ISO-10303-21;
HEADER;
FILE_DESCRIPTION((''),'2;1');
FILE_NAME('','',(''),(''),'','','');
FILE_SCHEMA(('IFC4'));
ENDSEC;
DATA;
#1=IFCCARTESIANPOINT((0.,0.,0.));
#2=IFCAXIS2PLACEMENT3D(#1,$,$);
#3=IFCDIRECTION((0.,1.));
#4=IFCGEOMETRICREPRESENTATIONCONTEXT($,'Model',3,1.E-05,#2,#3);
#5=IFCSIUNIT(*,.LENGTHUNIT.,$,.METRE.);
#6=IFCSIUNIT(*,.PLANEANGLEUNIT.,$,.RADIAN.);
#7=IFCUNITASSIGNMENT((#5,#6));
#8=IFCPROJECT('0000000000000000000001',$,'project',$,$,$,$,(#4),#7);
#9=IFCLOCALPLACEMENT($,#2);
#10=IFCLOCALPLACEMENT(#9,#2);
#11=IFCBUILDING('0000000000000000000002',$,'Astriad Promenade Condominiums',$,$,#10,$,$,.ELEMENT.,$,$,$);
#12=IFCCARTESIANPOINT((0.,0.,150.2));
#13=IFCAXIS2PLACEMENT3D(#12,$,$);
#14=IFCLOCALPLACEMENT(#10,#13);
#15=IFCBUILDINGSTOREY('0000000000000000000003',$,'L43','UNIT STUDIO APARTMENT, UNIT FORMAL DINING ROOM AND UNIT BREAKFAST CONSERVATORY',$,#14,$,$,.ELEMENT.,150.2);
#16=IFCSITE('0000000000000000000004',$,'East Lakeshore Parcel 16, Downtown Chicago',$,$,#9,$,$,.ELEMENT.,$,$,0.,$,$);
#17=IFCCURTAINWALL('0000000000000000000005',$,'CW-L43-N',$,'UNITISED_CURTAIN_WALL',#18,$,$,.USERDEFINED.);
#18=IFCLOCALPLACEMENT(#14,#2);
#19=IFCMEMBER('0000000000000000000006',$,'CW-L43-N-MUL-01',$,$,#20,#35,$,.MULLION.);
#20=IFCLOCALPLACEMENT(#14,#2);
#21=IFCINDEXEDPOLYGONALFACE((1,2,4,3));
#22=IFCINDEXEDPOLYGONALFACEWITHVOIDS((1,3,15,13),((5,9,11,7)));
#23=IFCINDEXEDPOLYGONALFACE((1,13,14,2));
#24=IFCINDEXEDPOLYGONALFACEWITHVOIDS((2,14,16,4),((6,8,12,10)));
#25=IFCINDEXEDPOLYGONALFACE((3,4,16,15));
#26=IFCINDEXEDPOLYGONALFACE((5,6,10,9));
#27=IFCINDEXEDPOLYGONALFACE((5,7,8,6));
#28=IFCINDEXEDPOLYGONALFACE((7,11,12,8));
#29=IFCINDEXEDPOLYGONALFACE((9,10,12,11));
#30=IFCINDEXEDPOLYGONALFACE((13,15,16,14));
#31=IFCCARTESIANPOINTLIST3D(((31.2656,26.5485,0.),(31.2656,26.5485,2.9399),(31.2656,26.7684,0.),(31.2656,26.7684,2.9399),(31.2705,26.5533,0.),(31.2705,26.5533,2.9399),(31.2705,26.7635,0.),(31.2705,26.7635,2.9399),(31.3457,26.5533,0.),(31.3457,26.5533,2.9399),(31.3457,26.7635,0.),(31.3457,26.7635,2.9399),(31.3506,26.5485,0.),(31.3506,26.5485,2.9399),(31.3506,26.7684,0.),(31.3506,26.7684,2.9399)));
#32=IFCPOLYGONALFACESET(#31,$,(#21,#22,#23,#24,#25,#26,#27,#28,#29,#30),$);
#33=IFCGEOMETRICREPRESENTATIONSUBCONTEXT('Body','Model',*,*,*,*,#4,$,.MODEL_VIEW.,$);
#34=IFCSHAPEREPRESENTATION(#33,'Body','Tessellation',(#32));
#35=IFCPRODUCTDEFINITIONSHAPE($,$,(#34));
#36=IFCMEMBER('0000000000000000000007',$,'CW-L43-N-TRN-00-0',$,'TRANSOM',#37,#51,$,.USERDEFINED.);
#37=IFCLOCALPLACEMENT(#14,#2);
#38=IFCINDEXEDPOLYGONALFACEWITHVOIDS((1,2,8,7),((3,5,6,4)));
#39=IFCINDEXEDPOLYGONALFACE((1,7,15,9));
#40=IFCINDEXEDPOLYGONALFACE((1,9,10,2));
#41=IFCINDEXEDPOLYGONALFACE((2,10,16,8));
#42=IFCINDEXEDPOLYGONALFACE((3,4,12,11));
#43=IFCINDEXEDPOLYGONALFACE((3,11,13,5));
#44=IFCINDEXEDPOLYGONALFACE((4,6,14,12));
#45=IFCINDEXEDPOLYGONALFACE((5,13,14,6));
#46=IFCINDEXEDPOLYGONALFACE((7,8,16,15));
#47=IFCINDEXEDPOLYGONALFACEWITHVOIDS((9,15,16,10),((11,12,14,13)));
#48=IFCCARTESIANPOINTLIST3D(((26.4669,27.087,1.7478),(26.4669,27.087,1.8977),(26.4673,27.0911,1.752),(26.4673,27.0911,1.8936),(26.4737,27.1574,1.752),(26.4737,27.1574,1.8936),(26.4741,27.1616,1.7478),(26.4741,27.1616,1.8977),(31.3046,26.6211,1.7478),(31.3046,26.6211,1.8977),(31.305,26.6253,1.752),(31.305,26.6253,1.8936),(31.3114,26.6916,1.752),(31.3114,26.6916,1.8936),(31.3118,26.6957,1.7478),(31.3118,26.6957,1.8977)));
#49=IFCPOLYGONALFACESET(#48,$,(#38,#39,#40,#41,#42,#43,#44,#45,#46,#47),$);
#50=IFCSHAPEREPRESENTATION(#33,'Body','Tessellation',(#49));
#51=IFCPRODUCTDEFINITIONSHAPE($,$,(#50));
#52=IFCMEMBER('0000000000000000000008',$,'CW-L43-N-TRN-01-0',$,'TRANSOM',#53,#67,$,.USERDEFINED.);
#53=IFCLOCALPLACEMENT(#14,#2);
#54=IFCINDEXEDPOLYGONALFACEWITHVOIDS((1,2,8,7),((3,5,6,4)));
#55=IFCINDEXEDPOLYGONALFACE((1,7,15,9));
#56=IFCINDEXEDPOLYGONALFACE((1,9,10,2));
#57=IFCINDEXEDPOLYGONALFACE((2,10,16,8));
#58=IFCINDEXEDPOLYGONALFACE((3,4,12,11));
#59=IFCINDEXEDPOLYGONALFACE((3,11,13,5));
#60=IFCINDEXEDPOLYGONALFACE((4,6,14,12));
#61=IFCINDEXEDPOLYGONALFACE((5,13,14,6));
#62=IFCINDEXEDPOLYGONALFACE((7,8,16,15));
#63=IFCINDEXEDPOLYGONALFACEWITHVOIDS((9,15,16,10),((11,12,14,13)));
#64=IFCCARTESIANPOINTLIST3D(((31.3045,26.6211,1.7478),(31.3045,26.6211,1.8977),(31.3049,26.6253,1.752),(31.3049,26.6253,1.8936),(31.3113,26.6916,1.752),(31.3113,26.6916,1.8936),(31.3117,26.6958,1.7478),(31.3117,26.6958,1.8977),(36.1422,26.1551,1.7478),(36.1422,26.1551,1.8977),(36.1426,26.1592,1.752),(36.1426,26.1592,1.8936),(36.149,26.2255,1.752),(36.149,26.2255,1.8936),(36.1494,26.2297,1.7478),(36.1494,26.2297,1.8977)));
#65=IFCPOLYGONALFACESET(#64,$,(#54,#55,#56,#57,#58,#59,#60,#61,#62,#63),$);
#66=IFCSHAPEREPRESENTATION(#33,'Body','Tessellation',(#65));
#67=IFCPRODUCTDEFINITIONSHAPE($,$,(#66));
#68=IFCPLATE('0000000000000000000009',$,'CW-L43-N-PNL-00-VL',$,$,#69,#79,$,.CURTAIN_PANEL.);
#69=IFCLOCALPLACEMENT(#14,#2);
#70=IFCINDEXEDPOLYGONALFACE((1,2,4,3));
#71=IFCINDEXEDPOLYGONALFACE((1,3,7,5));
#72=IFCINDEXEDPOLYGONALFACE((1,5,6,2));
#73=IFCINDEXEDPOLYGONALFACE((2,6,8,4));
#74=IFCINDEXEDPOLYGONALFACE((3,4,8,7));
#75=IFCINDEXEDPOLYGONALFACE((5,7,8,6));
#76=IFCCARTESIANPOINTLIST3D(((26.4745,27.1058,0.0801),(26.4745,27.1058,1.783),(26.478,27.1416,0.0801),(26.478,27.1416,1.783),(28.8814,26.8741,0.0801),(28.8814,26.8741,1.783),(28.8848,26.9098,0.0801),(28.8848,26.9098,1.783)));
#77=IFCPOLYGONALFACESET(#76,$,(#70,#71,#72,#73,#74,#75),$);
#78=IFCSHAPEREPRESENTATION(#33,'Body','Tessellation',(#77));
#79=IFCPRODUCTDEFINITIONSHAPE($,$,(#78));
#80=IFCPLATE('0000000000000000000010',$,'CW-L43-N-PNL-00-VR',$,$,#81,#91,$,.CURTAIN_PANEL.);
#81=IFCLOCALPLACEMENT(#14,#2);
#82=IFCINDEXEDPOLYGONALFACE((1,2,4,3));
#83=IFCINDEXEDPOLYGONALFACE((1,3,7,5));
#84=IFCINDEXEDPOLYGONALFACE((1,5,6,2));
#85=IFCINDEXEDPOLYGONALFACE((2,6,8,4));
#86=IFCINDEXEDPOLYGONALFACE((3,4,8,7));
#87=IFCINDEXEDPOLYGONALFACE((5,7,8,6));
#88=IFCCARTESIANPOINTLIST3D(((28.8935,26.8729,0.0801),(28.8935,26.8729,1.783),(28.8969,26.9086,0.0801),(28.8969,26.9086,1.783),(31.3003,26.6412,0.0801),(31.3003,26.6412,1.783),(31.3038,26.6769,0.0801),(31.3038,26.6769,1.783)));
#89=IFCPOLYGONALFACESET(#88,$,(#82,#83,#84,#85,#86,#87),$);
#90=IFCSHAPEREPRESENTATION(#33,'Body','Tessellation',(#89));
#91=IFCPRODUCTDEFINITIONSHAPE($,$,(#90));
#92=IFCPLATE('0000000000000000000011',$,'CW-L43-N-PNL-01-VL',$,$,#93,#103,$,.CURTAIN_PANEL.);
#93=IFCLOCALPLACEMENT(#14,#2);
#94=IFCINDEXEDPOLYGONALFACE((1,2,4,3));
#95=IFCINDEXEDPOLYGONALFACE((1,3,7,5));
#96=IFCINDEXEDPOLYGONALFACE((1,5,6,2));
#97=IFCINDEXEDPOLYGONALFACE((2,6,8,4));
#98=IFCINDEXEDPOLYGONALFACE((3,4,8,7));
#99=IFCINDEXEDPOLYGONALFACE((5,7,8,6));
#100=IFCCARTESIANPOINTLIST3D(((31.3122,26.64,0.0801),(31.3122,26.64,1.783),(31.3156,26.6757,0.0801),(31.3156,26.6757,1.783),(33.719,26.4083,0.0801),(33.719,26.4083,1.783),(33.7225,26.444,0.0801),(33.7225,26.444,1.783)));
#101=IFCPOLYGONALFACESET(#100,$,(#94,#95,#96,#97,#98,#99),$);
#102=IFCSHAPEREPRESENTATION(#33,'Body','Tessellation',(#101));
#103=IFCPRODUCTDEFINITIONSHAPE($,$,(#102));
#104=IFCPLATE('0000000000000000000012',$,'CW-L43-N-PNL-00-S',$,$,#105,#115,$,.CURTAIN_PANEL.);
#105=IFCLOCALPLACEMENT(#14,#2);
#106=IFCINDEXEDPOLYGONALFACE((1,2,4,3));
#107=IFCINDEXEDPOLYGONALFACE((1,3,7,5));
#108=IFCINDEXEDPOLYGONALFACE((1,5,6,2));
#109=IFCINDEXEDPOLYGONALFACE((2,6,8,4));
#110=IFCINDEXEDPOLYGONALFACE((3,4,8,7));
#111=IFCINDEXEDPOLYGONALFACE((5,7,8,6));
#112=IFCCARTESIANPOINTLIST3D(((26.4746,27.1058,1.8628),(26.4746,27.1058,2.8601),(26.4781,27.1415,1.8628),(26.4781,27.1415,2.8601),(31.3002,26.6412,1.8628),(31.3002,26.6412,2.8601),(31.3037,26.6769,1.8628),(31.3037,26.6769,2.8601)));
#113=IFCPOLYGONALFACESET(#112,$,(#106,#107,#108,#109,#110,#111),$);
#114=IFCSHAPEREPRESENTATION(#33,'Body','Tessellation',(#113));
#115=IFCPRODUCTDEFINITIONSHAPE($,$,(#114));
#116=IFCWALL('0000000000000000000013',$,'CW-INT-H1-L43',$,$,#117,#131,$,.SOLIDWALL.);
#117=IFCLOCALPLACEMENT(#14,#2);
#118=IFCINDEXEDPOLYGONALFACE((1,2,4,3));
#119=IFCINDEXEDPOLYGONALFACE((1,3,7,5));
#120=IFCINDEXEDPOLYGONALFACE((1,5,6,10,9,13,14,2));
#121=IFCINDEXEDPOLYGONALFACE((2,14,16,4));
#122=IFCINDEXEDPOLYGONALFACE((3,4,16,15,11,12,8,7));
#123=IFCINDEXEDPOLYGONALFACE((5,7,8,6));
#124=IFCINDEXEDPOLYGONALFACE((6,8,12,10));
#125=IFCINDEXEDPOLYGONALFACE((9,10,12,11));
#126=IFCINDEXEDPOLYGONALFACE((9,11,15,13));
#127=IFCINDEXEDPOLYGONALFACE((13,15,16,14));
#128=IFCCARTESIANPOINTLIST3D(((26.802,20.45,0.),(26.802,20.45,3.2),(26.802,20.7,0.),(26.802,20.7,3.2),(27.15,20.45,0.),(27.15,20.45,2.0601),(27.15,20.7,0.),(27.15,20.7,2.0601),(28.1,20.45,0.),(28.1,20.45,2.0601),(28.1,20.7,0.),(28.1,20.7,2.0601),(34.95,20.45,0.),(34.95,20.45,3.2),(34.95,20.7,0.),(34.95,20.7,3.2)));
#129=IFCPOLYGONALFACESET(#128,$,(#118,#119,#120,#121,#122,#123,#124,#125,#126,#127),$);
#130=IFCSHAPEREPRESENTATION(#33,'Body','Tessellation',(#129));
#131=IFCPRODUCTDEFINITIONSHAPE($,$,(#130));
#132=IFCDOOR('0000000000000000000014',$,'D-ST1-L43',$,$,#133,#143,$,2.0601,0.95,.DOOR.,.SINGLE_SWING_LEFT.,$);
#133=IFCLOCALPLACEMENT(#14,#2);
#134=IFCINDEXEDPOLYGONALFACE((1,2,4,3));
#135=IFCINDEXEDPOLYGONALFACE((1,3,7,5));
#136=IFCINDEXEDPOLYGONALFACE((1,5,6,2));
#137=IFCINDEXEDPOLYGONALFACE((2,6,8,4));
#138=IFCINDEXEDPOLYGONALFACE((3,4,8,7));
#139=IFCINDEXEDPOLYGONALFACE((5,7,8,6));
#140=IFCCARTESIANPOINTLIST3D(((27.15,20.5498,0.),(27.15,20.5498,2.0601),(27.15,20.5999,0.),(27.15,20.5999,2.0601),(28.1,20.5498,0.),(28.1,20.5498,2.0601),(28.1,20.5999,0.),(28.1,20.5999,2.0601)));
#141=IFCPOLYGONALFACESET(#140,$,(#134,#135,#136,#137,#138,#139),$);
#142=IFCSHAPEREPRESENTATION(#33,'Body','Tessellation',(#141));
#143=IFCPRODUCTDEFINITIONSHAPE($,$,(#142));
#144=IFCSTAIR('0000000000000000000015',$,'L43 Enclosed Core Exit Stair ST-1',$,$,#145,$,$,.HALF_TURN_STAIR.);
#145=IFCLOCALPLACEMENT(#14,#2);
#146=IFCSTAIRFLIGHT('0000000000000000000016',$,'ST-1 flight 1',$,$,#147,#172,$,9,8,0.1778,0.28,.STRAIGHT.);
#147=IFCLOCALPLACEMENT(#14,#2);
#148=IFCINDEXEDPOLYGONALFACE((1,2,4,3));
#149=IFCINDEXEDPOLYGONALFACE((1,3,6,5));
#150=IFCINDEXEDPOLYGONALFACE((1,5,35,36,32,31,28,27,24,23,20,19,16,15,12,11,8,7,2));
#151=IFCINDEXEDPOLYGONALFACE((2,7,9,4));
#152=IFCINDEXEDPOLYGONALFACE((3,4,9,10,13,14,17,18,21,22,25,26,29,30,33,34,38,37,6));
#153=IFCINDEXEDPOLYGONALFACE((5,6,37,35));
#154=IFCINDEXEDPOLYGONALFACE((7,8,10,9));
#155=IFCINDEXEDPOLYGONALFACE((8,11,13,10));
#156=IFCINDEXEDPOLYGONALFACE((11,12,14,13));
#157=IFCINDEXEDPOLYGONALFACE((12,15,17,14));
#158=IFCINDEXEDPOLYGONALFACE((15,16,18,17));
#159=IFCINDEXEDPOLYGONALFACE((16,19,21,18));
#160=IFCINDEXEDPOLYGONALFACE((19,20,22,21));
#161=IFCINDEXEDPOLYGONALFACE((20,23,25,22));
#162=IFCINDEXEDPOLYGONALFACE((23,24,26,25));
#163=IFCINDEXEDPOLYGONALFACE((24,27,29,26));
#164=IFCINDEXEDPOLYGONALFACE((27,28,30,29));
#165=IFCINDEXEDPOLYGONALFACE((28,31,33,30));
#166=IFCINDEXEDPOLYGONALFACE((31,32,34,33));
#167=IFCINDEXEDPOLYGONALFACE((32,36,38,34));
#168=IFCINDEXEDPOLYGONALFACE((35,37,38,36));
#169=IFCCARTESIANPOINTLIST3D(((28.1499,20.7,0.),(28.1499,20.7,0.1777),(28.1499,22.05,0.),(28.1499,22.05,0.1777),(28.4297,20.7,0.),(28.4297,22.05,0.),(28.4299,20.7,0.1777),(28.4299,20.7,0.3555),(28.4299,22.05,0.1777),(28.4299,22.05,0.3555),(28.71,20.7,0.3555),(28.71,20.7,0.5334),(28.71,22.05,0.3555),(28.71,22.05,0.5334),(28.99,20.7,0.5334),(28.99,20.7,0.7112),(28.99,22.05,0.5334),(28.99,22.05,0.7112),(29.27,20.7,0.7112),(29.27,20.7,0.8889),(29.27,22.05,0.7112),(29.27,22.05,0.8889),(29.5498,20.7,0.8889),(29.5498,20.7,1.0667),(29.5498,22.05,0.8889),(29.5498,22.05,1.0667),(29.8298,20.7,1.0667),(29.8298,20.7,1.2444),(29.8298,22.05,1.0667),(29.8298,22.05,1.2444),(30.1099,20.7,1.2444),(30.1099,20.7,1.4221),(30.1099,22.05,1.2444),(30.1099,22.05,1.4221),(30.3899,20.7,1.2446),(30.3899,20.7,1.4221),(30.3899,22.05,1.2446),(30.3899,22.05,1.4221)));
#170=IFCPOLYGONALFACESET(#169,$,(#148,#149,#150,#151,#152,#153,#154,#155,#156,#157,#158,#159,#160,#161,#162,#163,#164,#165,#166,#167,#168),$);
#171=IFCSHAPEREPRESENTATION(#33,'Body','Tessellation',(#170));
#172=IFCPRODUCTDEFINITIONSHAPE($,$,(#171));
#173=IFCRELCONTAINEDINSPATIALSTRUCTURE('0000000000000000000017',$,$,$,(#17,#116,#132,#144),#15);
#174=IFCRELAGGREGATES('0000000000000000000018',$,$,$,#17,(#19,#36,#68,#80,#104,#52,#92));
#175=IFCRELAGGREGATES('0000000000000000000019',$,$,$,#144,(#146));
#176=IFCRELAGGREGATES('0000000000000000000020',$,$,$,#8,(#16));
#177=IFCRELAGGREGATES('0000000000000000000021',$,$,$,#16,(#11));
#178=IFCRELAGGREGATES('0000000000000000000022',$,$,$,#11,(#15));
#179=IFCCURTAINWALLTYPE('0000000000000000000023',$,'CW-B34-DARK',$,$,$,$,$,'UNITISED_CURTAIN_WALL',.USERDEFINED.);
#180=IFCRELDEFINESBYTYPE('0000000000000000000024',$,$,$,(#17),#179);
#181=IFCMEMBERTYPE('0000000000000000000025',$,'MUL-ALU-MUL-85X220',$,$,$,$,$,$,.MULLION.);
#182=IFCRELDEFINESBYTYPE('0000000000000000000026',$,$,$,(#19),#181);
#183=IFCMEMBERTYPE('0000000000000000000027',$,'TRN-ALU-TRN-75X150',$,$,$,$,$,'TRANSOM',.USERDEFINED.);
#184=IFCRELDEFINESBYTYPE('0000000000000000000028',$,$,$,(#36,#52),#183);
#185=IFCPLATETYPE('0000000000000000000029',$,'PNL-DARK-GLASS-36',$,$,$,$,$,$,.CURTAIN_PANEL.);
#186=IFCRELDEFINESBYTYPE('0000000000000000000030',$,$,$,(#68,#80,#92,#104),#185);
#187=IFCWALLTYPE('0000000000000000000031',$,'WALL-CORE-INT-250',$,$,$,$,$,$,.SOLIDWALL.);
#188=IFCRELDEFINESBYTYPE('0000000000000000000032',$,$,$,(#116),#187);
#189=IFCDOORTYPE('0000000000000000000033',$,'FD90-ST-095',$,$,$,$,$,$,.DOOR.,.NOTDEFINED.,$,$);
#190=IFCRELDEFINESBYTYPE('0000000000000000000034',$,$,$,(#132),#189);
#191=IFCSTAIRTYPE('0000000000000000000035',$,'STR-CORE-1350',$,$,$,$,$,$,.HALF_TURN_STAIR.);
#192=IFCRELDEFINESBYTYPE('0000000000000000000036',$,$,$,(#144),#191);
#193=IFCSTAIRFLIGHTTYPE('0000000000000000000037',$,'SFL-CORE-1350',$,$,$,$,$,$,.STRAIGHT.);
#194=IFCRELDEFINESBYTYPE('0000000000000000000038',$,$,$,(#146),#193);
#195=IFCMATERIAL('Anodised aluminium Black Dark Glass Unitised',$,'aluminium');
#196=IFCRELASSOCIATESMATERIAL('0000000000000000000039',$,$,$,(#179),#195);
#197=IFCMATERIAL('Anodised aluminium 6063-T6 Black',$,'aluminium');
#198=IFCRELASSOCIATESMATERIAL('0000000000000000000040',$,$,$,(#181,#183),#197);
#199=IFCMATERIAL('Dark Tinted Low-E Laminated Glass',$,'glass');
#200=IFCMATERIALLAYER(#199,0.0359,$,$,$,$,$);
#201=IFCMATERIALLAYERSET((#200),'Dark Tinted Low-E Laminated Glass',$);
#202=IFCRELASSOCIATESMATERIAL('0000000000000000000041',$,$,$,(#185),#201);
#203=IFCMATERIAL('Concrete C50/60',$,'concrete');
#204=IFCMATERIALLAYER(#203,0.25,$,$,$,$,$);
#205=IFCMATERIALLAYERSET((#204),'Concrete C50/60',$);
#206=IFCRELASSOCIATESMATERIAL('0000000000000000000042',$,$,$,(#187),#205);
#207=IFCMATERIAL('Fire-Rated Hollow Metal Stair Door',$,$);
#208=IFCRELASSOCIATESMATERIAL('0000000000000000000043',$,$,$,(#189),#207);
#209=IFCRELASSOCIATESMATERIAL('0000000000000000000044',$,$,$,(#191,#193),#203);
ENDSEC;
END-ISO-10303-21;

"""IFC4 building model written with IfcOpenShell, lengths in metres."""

from ifc_helpers import new_model, si_unit, direction, frame, frame_2d, origin, origin_2d, place, context, subcontext, project, spatial, polyline, rectangle, hollow_rectangle, outline, extrude, source, transform, mapped, material, layer, layer_set, material_profile, profile_set, type_object, type_shapes, element, fill, aggregate, save


model = new_model("IFC4")

# Units and contexts
model_context = context("Model", 3, precision=1e-05, world=origin(), true_north=direction((0.0, 1.0)))
body_context = subcontext(model_context, "Body", "Model", "MODEL_VIEW")
ifc_project = project(units=[si_unit("LENGTHUNIT", "METRE"), si_unit("PLANEANGLEUNIT", "RADIAN")], contexts=[model_context])

# Site, building, storey
site_placement = place(None, origin())
site = spatial("IfcSite", under=ifc_project, at=site_placement, Name="East Lakeshore Parcel 16, Downtown Chicago", CompositionType="ELEMENT", RefElevation=0.0)
building_placement = place(site_placement, origin())
building = spatial("IfcBuilding", under=site, at=building_placement, Name="Astriad Promenade Condominiums", CompositionType="ELEMENT")
storey_placement = place(building_placement, frame((0.0, 0.0, 150.2)))
storey = spatial("IfcBuildingStorey", under=building, at=storey_placement, Name="L43", Description="UNIT STUDIO APARTMENT, UNIT FORMAL DINING ROOM AND UNIT BREAKFAST CONSERVATORY", CompositionType="ELEMENT", Elevation=150.2)

# Curtain wall, members, plates
ifc_material_1 = material(Name="Anodised aluminium Black Dark Glass Unitised", Category="aluminium")
curtain_wall_type = type_object("IfcCurtainWallType", Name="CW-B34-DARK", ElementType="UNITISED_CURTAIN_WALL", PredefinedType="USERDEFINED", material=ifc_material_1)
curtain_wall_placement = place(storey_placement, origin())
curtain_wall = element("IfcCurtainWall", 1, at=curtain_wall_placement, inside=storey, type_object=curtain_wall_type, Name="CW-L43-N", ObjectType="UNITISED_CURTAIN_WALL", PredefinedType="USERDEFINED")
ifc_material_2 = material(Name="Anodised aluminium 6063-T6 Black", Category="aluminium")
ifc_material_profile_1 = material_profile(ifc_material_2, hollow_rectangle(XDim=0.085, YDim=0.22, WallThickness=0.0049, at=origin_2d()), Name="ALU-MUL-85X220")
ifc_profile_set_1 = profile_set([ifc_material_profile_1], Name="Anodised aluminium 6063-T6 Black")
member_type_1 = type_object("IfcMemberType", Name="MUL-ALU-MUL-85X220", PredefinedType="MULLION", material=ifc_profile_set_1)
shared_shape_1 = source(origin(), body_context, "Body", "SweptSolid", [
    extrude(hollow_rectangle(XDim=0.085, YDim=0.22, WallThickness=0.0049, at=origin_2d()), origin(), (0.0, 0.0, 1.0), 2.9399),
])
type_shapes(member_type_1, [shared_shape_1])
member_1_placement = place(storey_placement, frame((31.3081, 26.6584, 0.0), z_axis=(0.0, 0.0, 1.0), x_axis=(1.0, 0.0, 0.0)))
member_1 = element("IfcMember", 2, at=member_1_placement, type_object=member_type_1, Name="CW-L43-N-MUL-01", PredefinedType="MULLION", context=body_context, shape_type="MappedRepresentation", body=[
    mapped(shared_shape_1, transform((0.0, 0.0, 0.0), scale=1.0)),
])
ifc_material_profile_2 = material_profile(ifc_material_2, hollow_rectangle(XDim=0.075, YDim=0.1499, WallThickness=0.0042, at=origin_2d()), Name="ALU-TRN-75X150")
ifc_profile_set_2 = profile_set([ifc_material_profile_2], Name="Anodised aluminium 6063-T6 Black")
member_type_2 = type_object("IfcMemberType", Name="TRN-ALU-TRN-75X150", ElementType="TRANSOM", PredefinedType="USERDEFINED", material=ifc_profile_set_2)
shared_shape_2 = source(origin(), body_context, "Body", "SweptSolid", [
    extrude(hollow_rectangle(XDim=0.075, YDim=0.1499, WallThickness=0.0042, at=origin_2d()), origin(), (0.0, 0.0, 1.0), 4.8601),
])
type_shapes(member_type_2, [shared_shape_2])
member_2_placement = place(storey_placement, frame((26.4705, 27.1243, 1.8228), z_axis=(0.995396, -0.095847, 0.0), x_axis=(0.095847, 0.995396, 0.0)))
member_2 = element("IfcMember", 3, at=member_2_placement, type_object=member_type_2, Name="CW-L43-N-TRN-00-0", ObjectType="TRANSOM", PredefinedType="USERDEFINED", context=body_context, shape_type="MappedRepresentation", body=[
    mapped(shared_shape_2, transform((0.0, 0.0, 0.0), scale=1.0)),
])
member_3_placement = place(storey_placement, frame((31.3081, 26.6584, 1.8228), z_axis=(0.995391, -0.095897, 0.0), x_axis=(0.095897, 0.995391, 0.0)))
member_3 = element("IfcMember", 4, at=member_3_placement, type_object=member_type_2, Name="CW-L43-N-TRN-01-0", ObjectType="TRANSOM", PredefinedType="USERDEFINED", context=body_context, shape_type="MappedRepresentation", body=[
    mapped(shared_shape_2, transform((0.0, 0.0, 0.0), scale=1.0)),
])
ifc_material_3 = material(Name="Dark Tinted Low-E Laminated Glass", Category="glass")
ifc_layer_1 = layer(ifc_material_3, 0.0359)
ifc_layer_set_1 = layer_set([ifc_layer_1], Name="Dark Tinted Low-E Laminated Glass")
plate_type = type_object("IfcPlateType", Name="PNL-DARK-GLASS-36", PredefinedType="CURTAIN_PANEL", material=ifc_layer_set_1)
shared_shape_3 = source(origin(), body_context, "Body", "SweptSolid", [
    extrude(rectangle(XDim=2.418, YDim=0.0359, at=origin_2d()), origin(), (0.0, 0.0, 1.0), 1.7029),
])
plate_1_placement = place(storey_placement, frame((27.6797, 27.0078, 0.0801), z_axis=(0.0, 0.0, 1.0), x_axis=(0.995396, -0.095846, 0.0)))
plate_1 = element("IfcPlate", 5, at=plate_1_placement, type_object=plate_type, Name="CW-L43-N-PNL-00-VL", PredefinedType="CURTAIN_PANEL", context=body_context, shape_type="MappedRepresentation", body=[
    mapped(shared_shape_3, transform((0.0, 0.0, 0.0), scale=1.0)),
])
plate_2_placement = place(storey_placement, frame((30.0986, 26.7749, 0.0801), z_axis=(0.0, 0.0, 1.0), x_axis=(0.995396, -0.095846, 0.0)))
plate_2 = element("IfcPlate", 6, at=plate_2_placement, type_object=plate_type, Name="CW-L43-N-PNL-00-VR", PredefinedType="CURTAIN_PANEL", context=body_context, shape_type="MappedRepresentation", body=[
    mapped(shared_shape_3, transform((0.0, 0.0, 0.0), scale=1.0)),
])
plate_3_placement = place(storey_placement, frame((32.5173, 26.542, 0.0801), z_axis=(0.0, 0.0, 1.0), x_axis=(0.995396, -0.095846, 0.0)))
plate_3 = element("IfcPlate", 7, at=plate_3_placement, type_object=plate_type, Name="CW-L43-N-PNL-01-VL", PredefinedType="CURTAIN_PANEL", context=body_context, shape_type="MappedRepresentation", body=[
    mapped(shared_shape_3, transform((0.0, 0.0, 0.0), scale=1.0)),
])
shared_shape_4 = source(origin(), body_context, "Body", "SweptSolid", [
    extrude(rectangle(XDim=4.8479, YDim=0.0359, at=origin_2d()), origin(), (0.0, 0.0, 1.0), 0.9973),
])
type_shapes(plate_type, [shared_shape_3, shared_shape_4])
plate_4_placement = place(storey_placement, frame((28.8892, 26.8914, 1.8628), z_axis=(0.0, 0.0, 1.0), x_axis=(0.995396, -0.095846, 0.0)))
plate_4 = element("IfcPlate", 8, at=plate_4_placement, type_object=plate_type, Name="CW-L43-N-PNL-00-S", PredefinedType="CURTAIN_PANEL", context=body_context, shape_type="MappedRepresentation", body=[
    mapped(shared_shape_4, transform((0.0, 0.0, 0.0), scale=1.0)),
])
aggregate(curtain_wall, [member_1, member_2, plate_1, plate_2, plate_4, member_3, plate_3])

# Wall, opening, door
ifc_material_4 = material(Name="Concrete C50/60", Category="concrete")
ifc_layer_2 = layer(ifc_material_4, 0.25)
ifc_layer_set_2 = layer_set([ifc_layer_2], Name="Concrete C50/60")
wall_type = type_object("IfcWallType", Name="WALL-CORE-INT-250", PredefinedType="SOLIDWALL", material=ifc_layer_set_2)
wall_placement = place(storey_placement, frame((26.802, 20.575, 0.0), z_axis=(0.0, 0.0, 1.0), x_axis=(1.0, 0.0, 0.0)))
wall = element("IfcWall", 9, at=wall_placement, inside=storey, type_object=wall_type, Name="CW-INT-H1-L43", PredefinedType="SOLIDWALL", context=body_context, shape_type="SweptSolid", body=[
    extrude(rectangle(XDim=8.1479, YDim=0.25, at=frame_2d((4.074, 0.0))), origin(), (0.0, 0.0, 1.0), 3.2),
])
opening_placement = place(wall_placement, frame((0.3479, 0.0, 0.0)))
opening = element("IfcOpeningElement", 10, at=opening_placement, cuts=wall, PredefinedType="OPENING", context=body_context, shape_type="SweptSolid", body=[
    extrude(rectangle(XDim=0.95, YDim=2.0601, at=frame_2d((0.4751, 1.03))), frame((0.0, 0.135, 0.0), z_axis=(0.0, -1.0, 0.0), x_axis=(1.0, 0.0, 0.0)), (0.0, 0.0, 1.0), 0.27),
])
ifc_material_5 = material(Name="Fire-Rated Hollow Metal Stair Door")
door_type = type_object("IfcDoorType", Name="FD90-ST-095", OperationType="NOTDEFINED", PredefinedType="DOOR", material=ifc_material_5)
shared_shape_5 = source(origin(), body_context, "Body", "SweptSolid", [
    extrude(rectangle(XDim=0.95, YDim=2.0601, at=frame_2d((0.4751, 1.03))), frame((0.0, 0.0249, 0.0), z_axis=(0.0, -1.0, 0.0), x_axis=(1.0, 0.0, 0.0)), (0.0, 0.0, 1.0), 0.05),
])
type_shapes(door_type, [shared_shape_5])
door_placement = place(opening_placement, origin())
door = element("IfcDoor", 11, at=door_placement, inside=storey, type_object=door_type, Name="D-ST1-L43", OperationType="SINGLE_SWING_LEFT", OverallHeight=2.0601, OverallWidth=0.95, PredefinedType="DOOR", context=body_context, shape_type="MappedRepresentation", body=[
    mapped(shared_shape_5, transform((0.0, 0.0, 0.0), scale=1.0)),
])
fill(opening, door)

# Stair, stair flight
stair_type = type_object("IfcStairType", Name="STR-CORE-1350", PredefinedType="HALF_TURN_STAIR", material=ifc_material_4)
stair_placement = place(storey_placement, origin())
stair = element("IfcStair", 12, at=stair_placement, inside=storey, type_object=stair_type, Name="L43 Enclosed Core Exit Stair ST-1", PredefinedType="HALF_TURN_STAIR")
stair_flight_type = type_object("IfcStairFlightType", Name="SFL-CORE-1350", PredefinedType="STRAIGHT", material=ifc_material_4)
shared_shape_6 = source(origin(), body_context, "Body", "SweptSolid", [
    extrude(outline(polyline([(0.0, 0.0), (0.0, 0.1777), (0.28, 0.1777), (0.28, 0.3555), (0.5601, 0.3555), (0.5601, 0.5334), (0.8401, 0.5334), (0.8401, 0.7112), (1.1201, 0.7112), (1.1201, 0.8889), (1.3999, 0.8889), (1.3999, 1.0667), (1.6799, 1.0667), (1.6799, 1.2444), (1.96, 1.2444), (1.96, 1.4221), (2.24, 1.4221), (2.24, 1.6001), (2.24, 1.2446), (0.2798, 0.0), (0.0, 0.0)])), frame((0.0, 0.675, 0.0), z_axis=(0.0, -1.0, 0.0), x_axis=(1.0, 0.0, 0.0)), (0.0, 0.0, 1.0), 1.3501),
])
type_shapes(stair_flight_type, [shared_shape_6])
stair_flight_1_placement = place(storey_placement, frame((28.1499, 21.375, 0.0), z_axis=(0.0, 0.0, 1.0), x_axis=(1.0, 0.0, 0.0)))
stair_flight_1 = element("IfcStairFlight", 13, at=stair_flight_1_placement, type_object=stair_flight_type, Name="ST-1 flight 1", NumberOfRisers=9, NumberOfTreads=8, PredefinedType="STRAIGHT", RiserHeight=0.1778, TreadLength=0.28, context=body_context, shape_type="MappedRepresentation", body=[
    mapped(shared_shape_6, transform((0.0, 0.0, 0.0), scale=1.0)),
])
aggregate(stair, [stair_flight_1])

save(model, "model.ifc")
